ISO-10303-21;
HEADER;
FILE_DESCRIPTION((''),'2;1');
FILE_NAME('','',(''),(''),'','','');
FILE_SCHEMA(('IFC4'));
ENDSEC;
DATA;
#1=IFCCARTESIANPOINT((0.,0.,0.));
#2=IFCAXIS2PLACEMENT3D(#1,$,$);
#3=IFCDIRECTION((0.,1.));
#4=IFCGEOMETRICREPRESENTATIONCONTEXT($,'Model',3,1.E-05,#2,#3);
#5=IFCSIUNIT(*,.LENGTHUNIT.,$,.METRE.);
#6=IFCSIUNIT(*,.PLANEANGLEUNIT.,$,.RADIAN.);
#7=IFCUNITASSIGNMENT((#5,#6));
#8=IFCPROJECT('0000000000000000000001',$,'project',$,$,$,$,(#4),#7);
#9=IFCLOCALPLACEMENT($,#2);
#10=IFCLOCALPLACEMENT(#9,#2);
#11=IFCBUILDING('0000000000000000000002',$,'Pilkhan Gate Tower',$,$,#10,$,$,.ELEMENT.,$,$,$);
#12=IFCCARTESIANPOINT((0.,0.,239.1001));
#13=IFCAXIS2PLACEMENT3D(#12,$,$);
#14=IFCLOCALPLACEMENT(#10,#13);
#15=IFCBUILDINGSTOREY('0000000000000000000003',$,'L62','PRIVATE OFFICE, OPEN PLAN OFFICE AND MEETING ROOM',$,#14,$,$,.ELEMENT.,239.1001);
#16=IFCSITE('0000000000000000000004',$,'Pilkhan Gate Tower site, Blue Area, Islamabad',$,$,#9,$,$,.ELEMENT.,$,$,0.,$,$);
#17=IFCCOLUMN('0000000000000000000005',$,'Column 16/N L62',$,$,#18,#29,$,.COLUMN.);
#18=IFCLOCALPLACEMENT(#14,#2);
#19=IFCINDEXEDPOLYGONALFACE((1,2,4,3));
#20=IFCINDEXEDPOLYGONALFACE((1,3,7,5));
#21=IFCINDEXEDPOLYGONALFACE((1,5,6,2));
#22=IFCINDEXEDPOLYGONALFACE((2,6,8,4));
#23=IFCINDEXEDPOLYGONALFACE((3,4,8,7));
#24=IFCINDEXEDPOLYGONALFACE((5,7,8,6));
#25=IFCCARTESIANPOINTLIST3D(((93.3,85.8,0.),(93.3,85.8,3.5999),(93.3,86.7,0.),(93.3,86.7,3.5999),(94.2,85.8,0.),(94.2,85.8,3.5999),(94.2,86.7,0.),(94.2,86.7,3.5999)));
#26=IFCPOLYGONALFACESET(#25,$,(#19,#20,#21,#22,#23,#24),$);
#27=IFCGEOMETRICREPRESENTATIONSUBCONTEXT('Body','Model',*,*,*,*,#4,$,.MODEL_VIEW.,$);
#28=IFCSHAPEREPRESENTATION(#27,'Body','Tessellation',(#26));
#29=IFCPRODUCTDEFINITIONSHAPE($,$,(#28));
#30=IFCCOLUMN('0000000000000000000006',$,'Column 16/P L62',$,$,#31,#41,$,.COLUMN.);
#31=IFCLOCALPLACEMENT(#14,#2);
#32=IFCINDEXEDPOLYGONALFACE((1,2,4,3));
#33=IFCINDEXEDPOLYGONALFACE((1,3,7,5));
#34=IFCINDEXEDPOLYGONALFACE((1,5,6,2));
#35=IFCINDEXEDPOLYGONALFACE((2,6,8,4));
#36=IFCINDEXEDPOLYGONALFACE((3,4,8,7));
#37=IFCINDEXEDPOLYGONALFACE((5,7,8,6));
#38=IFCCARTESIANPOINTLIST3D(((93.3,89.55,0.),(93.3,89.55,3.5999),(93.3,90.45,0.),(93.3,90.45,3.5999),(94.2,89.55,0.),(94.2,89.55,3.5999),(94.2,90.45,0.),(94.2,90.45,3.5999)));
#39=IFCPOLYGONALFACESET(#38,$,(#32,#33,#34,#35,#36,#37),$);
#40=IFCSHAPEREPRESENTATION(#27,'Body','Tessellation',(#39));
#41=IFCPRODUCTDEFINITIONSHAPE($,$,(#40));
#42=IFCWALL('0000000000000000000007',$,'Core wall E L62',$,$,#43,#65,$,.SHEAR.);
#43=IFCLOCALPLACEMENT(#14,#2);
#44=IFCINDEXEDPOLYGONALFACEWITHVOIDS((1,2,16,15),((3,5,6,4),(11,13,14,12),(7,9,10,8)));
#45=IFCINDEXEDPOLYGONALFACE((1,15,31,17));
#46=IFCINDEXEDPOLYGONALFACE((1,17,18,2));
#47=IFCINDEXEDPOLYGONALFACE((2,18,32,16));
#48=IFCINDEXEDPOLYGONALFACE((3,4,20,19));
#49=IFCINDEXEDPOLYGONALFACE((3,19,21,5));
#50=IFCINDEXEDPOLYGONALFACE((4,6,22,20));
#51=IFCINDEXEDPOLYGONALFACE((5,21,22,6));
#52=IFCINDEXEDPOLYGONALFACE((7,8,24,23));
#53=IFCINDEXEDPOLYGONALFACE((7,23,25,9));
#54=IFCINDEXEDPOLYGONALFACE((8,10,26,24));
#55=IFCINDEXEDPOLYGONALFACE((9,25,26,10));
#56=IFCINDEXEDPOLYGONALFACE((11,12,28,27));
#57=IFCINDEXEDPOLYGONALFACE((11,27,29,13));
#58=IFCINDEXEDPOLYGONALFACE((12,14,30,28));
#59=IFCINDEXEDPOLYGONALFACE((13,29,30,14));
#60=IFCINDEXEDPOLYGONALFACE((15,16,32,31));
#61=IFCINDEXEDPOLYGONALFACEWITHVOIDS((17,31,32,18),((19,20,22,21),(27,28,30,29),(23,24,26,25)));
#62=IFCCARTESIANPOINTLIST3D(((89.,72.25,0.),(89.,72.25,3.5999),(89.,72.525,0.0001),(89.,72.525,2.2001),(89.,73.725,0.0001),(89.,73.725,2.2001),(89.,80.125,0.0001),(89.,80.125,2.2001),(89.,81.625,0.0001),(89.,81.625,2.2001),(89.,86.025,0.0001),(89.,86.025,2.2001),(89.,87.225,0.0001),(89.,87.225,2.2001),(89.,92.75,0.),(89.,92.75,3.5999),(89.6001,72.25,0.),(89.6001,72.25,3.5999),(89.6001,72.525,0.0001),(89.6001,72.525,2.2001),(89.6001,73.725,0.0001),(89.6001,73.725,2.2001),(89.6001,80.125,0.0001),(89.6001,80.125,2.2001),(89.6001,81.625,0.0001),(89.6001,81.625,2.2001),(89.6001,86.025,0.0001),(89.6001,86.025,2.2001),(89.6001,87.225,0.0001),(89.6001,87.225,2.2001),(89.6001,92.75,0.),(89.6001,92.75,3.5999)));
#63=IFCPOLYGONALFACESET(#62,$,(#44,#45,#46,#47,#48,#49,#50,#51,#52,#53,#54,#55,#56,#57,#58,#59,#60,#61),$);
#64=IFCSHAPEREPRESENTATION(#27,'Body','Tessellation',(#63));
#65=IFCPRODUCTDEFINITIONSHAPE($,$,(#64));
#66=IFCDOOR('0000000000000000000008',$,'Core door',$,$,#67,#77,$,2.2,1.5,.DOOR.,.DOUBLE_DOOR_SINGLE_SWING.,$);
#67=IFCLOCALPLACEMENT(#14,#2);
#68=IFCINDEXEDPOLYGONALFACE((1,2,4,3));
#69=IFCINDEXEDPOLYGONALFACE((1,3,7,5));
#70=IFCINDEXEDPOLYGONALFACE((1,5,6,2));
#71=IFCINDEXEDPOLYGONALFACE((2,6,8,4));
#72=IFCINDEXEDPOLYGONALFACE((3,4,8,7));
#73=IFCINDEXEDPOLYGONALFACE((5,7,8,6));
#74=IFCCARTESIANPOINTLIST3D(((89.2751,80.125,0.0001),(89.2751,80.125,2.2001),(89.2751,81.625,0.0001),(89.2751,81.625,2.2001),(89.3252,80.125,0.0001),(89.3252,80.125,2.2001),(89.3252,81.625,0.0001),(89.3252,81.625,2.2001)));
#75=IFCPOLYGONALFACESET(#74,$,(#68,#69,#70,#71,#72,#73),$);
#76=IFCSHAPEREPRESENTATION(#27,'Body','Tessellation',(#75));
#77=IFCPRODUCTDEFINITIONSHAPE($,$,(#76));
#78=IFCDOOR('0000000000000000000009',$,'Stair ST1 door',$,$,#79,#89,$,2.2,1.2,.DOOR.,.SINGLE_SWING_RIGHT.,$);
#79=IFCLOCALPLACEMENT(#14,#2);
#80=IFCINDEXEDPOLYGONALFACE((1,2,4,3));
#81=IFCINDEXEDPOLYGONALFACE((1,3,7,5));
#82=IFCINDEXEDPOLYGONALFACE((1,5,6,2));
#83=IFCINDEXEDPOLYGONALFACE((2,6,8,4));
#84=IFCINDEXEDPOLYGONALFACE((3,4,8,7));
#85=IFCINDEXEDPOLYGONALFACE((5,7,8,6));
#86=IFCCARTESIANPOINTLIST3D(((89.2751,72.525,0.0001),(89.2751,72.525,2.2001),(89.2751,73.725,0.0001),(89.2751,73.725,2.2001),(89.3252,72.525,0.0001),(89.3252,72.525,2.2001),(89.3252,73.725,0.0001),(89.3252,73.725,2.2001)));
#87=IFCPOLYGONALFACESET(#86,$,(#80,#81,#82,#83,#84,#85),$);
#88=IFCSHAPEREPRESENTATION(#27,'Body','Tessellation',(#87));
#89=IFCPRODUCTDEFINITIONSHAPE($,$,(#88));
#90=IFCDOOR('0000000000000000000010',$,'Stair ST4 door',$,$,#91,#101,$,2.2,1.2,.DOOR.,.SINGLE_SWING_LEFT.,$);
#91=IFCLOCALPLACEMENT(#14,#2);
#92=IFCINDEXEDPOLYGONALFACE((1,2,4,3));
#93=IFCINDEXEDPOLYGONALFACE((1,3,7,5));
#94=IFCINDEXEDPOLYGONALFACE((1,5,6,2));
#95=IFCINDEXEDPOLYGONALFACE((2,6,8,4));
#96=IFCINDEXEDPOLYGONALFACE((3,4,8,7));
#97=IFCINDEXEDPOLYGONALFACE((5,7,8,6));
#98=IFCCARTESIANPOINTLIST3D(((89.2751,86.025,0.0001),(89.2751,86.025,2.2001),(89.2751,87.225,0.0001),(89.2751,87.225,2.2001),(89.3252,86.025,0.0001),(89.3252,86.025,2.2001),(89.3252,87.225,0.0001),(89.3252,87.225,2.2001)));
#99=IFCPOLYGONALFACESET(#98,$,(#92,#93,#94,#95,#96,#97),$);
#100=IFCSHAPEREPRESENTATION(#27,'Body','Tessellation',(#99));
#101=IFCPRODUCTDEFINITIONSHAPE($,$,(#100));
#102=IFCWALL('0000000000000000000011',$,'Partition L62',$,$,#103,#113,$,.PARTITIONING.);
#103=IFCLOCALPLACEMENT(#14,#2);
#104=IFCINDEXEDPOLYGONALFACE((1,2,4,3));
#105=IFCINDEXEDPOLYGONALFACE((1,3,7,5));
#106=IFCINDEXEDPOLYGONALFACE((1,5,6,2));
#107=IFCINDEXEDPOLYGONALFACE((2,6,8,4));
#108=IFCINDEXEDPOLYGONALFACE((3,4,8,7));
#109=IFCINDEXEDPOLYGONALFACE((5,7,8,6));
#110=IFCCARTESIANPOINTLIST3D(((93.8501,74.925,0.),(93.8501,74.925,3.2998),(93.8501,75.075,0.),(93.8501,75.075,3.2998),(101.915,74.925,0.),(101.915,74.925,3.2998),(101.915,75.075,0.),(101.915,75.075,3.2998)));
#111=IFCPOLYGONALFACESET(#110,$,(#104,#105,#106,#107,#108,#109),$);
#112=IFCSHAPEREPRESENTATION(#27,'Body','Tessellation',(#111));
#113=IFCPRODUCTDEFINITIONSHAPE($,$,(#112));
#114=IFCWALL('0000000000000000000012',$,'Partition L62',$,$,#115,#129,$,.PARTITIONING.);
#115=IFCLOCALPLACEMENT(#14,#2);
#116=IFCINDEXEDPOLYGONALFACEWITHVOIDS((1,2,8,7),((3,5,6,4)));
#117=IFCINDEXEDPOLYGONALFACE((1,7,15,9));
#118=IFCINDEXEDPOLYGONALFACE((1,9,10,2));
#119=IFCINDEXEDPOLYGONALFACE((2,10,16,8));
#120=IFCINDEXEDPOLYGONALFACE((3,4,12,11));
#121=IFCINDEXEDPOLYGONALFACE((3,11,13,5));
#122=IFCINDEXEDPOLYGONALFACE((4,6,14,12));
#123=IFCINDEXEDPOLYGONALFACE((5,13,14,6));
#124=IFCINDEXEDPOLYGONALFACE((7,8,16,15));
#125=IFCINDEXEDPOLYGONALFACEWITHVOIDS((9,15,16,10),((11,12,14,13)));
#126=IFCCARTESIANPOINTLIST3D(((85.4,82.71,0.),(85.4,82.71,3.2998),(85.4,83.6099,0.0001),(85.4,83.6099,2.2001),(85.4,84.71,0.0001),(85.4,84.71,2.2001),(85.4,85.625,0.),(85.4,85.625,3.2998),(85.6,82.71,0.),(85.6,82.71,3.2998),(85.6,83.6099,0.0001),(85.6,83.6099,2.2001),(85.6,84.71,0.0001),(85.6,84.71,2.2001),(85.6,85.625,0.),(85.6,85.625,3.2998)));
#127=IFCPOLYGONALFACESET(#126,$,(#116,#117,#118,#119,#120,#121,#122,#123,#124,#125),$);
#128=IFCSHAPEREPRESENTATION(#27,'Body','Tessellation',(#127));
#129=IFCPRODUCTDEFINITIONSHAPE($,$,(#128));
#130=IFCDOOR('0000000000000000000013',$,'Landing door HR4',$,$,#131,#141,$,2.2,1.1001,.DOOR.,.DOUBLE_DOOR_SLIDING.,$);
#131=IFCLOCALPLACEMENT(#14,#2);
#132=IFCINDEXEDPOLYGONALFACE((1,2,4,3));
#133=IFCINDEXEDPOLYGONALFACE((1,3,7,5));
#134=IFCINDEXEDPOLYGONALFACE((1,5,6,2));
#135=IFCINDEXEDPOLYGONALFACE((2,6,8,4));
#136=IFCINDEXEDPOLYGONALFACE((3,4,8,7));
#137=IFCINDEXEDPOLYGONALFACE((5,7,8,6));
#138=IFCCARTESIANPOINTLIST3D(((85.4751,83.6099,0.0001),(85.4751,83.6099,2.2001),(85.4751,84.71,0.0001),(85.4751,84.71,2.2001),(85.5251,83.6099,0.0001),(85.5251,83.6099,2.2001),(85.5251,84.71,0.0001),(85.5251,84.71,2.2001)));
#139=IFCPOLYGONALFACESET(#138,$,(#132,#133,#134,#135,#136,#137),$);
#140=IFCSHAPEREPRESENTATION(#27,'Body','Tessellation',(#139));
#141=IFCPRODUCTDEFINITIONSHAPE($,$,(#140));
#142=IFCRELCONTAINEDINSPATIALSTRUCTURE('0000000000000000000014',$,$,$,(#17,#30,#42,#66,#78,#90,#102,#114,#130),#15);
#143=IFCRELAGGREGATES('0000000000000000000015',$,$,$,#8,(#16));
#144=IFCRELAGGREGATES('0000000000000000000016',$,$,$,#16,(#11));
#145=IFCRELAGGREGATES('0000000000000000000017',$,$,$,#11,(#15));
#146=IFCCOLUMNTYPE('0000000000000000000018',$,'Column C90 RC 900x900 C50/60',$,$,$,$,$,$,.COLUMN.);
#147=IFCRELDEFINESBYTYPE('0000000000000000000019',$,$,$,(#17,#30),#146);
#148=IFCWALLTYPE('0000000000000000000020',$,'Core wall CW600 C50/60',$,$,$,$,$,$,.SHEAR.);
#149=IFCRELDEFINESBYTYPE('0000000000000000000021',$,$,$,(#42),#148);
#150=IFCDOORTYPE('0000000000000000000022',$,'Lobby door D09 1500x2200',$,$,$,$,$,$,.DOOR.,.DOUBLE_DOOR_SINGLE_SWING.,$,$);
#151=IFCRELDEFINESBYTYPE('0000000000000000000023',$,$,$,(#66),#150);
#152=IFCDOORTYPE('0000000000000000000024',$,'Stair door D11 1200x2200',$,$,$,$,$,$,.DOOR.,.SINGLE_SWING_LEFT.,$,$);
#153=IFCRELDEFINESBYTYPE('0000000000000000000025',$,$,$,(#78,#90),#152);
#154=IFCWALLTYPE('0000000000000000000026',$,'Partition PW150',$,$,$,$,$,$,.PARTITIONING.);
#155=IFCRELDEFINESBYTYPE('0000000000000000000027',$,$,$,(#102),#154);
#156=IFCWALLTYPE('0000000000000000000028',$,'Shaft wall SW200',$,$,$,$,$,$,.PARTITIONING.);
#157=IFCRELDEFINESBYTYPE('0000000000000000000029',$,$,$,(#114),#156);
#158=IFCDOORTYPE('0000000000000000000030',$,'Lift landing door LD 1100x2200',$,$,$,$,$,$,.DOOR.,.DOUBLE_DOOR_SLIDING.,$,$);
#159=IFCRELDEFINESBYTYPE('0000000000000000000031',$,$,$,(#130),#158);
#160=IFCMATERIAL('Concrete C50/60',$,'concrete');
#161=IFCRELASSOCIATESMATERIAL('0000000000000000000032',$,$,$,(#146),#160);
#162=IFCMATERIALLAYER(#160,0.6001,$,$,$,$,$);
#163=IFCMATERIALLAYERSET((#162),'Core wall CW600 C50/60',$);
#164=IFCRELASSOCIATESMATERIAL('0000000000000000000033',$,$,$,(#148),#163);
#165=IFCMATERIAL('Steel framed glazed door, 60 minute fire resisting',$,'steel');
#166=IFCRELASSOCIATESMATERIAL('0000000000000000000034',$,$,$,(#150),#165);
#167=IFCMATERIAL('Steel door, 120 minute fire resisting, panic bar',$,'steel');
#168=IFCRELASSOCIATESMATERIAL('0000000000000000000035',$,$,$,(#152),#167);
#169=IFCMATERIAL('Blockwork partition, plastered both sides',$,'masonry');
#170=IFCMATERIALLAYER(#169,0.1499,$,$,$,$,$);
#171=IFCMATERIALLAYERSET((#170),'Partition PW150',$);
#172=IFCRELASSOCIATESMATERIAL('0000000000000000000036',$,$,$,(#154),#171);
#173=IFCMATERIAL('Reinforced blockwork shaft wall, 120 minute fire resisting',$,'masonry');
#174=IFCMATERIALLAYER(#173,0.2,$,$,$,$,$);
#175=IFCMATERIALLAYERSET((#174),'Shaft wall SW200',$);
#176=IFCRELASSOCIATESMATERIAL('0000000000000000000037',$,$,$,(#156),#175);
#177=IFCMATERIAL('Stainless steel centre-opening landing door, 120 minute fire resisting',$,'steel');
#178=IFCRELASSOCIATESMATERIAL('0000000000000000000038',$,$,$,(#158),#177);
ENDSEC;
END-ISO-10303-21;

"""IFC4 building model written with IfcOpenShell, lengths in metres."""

from ifc_helpers import new_model, si_unit, direction, frame, frame_2d, origin, origin_2d, place, context, subcontext, project, spatial, rectangle, extrude, material, layer, layer_set, material_profile, profile_set, type_object, element, fill, save


model = new_model("IFC4")

# Units and contexts
model_context = context("Model", 3, precision=1e-05, world=origin(), true_north=direction((0.0, 1.0)))
body_context = subcontext(model_context, "Body", "Model", "MODEL_VIEW")
ifc_project = project(units=[si_unit("LENGTHUNIT", "METRE"), si_unit("PLANEANGLEUNIT", "RADIAN")], contexts=[model_context])

# Site, building, storey
site_placement = place(None, origin())
site = spatial("IfcSite", under=ifc_project, at=site_placement, Name="Pilkhan Gate Tower site, Blue Area, Islamabad", CompositionType="ELEMENT", RefElevation=0.0)
building_placement = place(site_placement, origin())
building = spatial("IfcBuilding", under=site, at=building_placement, Name="Pilkhan Gate Tower", CompositionType="ELEMENT")
storey_placement = place(building_placement, frame((0.0, 0.0, 239.1001)))
storey = spatial("IfcBuildingStorey", under=building, at=storey_placement, Name="L62", Description="PRIVATE OFFICE, OPEN PLAN OFFICE AND MEETING ROOM", CompositionType="ELEMENT", Elevation=239.1001)

# Columns
ifc_material_1 = material(Name="Concrete C50/60", Category="concrete")
ifc_material_profile = material_profile(ifc_material_1, rectangle(XDim=0.8999, YDim=0.8999, at=origin_2d()), Name="RC 900x900")
ifc_profile_set = profile_set([ifc_material_profile], Name="Concrete C50/60")
column_type = type_object("IfcColumnType", Name="Column C90 RC 900x900 C50/60", PredefinedType="COLUMN", material=ifc_profile_set)
for number, where, z_axis, x_axis, name in (
    (1, (93.75, 86.25, 0.0), (0.0, 0.0, 1.0), (1.0, 0.0, 0.0), "Column 16/N L62"),
    (2, (93.75, 90.0, 0.0), (0.0, 0.0, 1.0), (1.0, 0.0, 0.0), "Column 16/P L62"),
):
    element("IfcColumn", number, at=place(storey_placement, frame(where, z_axis=z_axis, x_axis=x_axis)), inside=storey, type_object=column_type, Name=name, PredefinedType="COLUMN", context=body_context, shape_type="SweptSolid", body=[
        extrude(rectangle(XDim=0.8999, YDim=0.8999, at=origin_2d()), origin(), (0.0, 0.0, 1.0), 3.5999),
    ])

# Wall, openings, doors
ifc_layer_1 = layer(ifc_material_1, 0.6001)
ifc_layer_set_1 = layer_set([ifc_layer_1], Name="Core wall CW600 C50/60")
wall_type_1 = type_object("IfcWallType", Name="Core wall CW600 C50/60", PredefinedType="SHEAR", material=ifc_layer_set_1)
wall_1_placement = place(storey_placement, frame((89.3, 72.25, 0.0), z_axis=(0.0, 0.0, 1.0), x_axis=(0.0, 1.0, 0.0)))
wall_1 = element("IfcWall", 3, at=wall_1_placement, inside=storey, type_object=wall_type_1, Name="Core wall E L62", PredefinedType="SHEAR", context=body_context, shape_type="SweptSolid", body=[
    extrude(rectangle(XDim=20.5, YDim=0.6001, at=frame_2d((10.25, 0.0))), origin(), (0.0, 0.0, 1.0), 3.5999),
])
opening_1_placement = place(wall_1_placement, frame((0.2749, 0.0, 0.0)))
opening_1 = element("IfcOpeningElement", 4, at=opening_1_placement, cuts=wall_1, PredefinedType="OPENING", context=body_context, shape_type="SweptSolid", body=[
    extrude(rectangle(XDim=1.2, YDim=2.2, at=frame_2d((0.6001, 1.1001))), frame((0.0, 0.3101, 0.0), z_axis=(0.0, -1.0, 0.0), x_axis=(1.0, 0.0, 0.0)), (0.0, 0.0, 1.0), 0.6201),
])
opening_2_placement = place(wall_1_placement, frame((13.7749, 0.0, 0.0)))
opening_2 = element("IfcOpeningElement", 5, at=opening_2_placement, cuts=wall_1, PredefinedType="OPENING", context=body_context, shape_type="SweptSolid", body=[
    extrude(rectangle(XDim=1.2, YDim=2.2, at=frame_2d((0.6001, 1.1001))), frame((0.0, 0.3101, 0.0), z_axis=(0.0, -1.0, 0.0), x_axis=(1.0, 0.0, 0.0)), (0.0, 0.0, 1.0), 0.6201),
])
opening_3_placement = place(wall_1_placement, frame((7.875, 0.0, 0.0)))
opening_3 = element("IfcOpeningElement", 6, at=opening_3_placement, cuts=wall_1, PredefinedType="OPENING", context=body_context, shape_type="SweptSolid", body=[
    extrude(rectangle(XDim=1.5, YDim=2.2, at=frame_2d((0.75, 1.1001))), frame((0.0, 0.3101, 0.0), z_axis=(0.0, -1.0, 0.0), x_axis=(1.0, 0.0, 0.0)), (0.0, 0.0, 1.0), 0.6201),
])
ifc_material_2 = material(Name="Steel framed glazed door, 60 minute fire resisting", Category="steel")
door_type_1 = type_object("IfcDoorType", Name="Lobby door D09 1500x2200", OperationType="DOUBLE_DOOR_SINGLE_SWING", PredefinedType="DOOR", material=ifc_material_2)
door_1_placement = place(opening_3_placement, origin())
door_1 = element("IfcDoor", 7, at=door_1_placement, inside=storey, type_object=door_type_1, Name="Core door", OperationType="DOUBLE_DOOR_SINGLE_SWING", OverallHeight=2.2, OverallWidth=1.5, PredefinedType="DOOR", context=body_context, shape_type="SweptSolid", body=[
    extrude(rectangle(XDim=1.5, YDim=2.2, at=frame_2d((0.75, 1.1001))), frame((0.0, 0.0249, 0.0), z_axis=(0.0, -1.0, 0.0), x_axis=(1.0, 0.0, 0.0)), (0.0, 0.0, 1.0), 0.05),
])
fill(opening_3, door_1)
ifc_material_3 = material(Name="Steel door, 120 minute fire resisting, panic bar", Category="steel")
door_type_2 = type_object("IfcDoorType", Name="Stair door D11 1200x2200", OperationType="SINGLE_SWING_LEFT", PredefinedType="DOOR", material=ifc_material_3)
door_2_placement = place(opening_1_placement, origin())
door_2 = element("IfcDoor", 8, at=door_2_placement, inside=storey, type_object=door_type_2, Name="Stair ST1 door", OperationType="SINGLE_SWING_RIGHT", OverallHeight=2.2, OverallWidth=1.2, PredefinedType="DOOR", context=body_context, shape_type="SweptSolid", body=[
    extrude(rectangle(XDim=1.2, YDim=2.2, at=frame_2d((0.6001, 1.1001))), frame((0.0, 0.0249, 0.0), z_axis=(0.0, -1.0, 0.0), x_axis=(1.0, 0.0, 0.0)), (0.0, 0.0, 1.0), 0.05),
])
fill(opening_1, door_2)
door_3_placement = place(opening_2_placement, origin())
door_3 = element("IfcDoor", 9, at=door_3_placement, inside=storey, type_object=door_type_2, Name="Stair ST4 door", OperationType="SINGLE_SWING_LEFT", OverallHeight=2.2, OverallWidth=1.2, PredefinedType="DOOR", context=body_context, shape_type="SweptSolid", body=[
    extrude(rectangle(XDim=1.2, YDim=2.2, at=frame_2d((0.6001, 1.1001))), frame((0.0, 0.0249, 0.0), z_axis=(0.0, -1.0, 0.0), x_axis=(1.0, 0.0, 0.0)), (0.0, 0.0, 1.0), 0.05),
])
fill(opening_2, door_3)

# Wall
ifc_material_4 = material(Name="Blockwork partition, plastered both sides", Category="masonry")
ifc_layer_2 = layer(ifc_material_4, 0.1499)
ifc_layer_set_2 = layer_set([ifc_layer_2], Name="Partition PW150")
wall_type_2 = type_object("IfcWallType", Name="Partition PW150", PredefinedType="PARTITIONING", material=ifc_layer_set_2)
wall_2_placement = place(storey_placement, frame((93.8501, 75.0, 0.0), z_axis=(0.0, 0.0, 1.0), x_axis=(1.0, 0.0, 0.0)))
element("IfcWall", 10, at=wall_2_placement, inside=storey, type_object=wall_type_2, Name="Partition L62", PredefinedType="PARTITIONING", context=body_context, shape_type="SweptSolid", body=[
    extrude(rectangle(XDim=8.0649, YDim=0.1499, at=frame_2d((4.0325, 0.0))), origin(), (0.0, 0.0, 1.0), 3.2998),
])

# Wall, opening, door
ifc_material_5 = material(Name="Reinforced blockwork shaft wall, 120 minute fire resisting", Category="masonry")
ifc_layer_3 = layer(ifc_material_5, 0.2)
ifc_layer_set_3 = layer_set([ifc_layer_3], Name="Shaft wall SW200")
wall_type_3 = type_object("IfcWallType", Name="Shaft wall SW200", PredefinedType="PARTITIONING", material=ifc_layer_set_3)
wall_3_placement = place(storey_placement, frame((85.5, 82.71, 0.0), z_axis=(0.0, 0.0, 1.0), x_axis=(0.0, 1.0, 0.0)))
wall_3 = element("IfcWall", 11, at=wall_3_placement, inside=storey, type_object=wall_type_3, Name="Partition L62", PredefinedType="PARTITIONING", context=body_context, shape_type="SweptSolid", body=[
    extrude(rectangle(XDim=2.915, YDim=0.2, at=frame_2d((1.4575, 0.0))), origin(), (0.0, 0.0, 1.0), 3.2998),
])
opening_4_placement = place(wall_3_placement, frame((0.8999, 0.0, 0.0)))
opening_4 = element("IfcOpeningElement", 12, at=opening_4_placement, cuts=wall_3, PredefinedType="OPENING", context=body_context, shape_type="SweptSolid", body=[
    extrude(rectangle(XDim=1.1001, YDim=2.2, at=frame_2d((0.55, 1.1001))), frame((0.0, 0.1099, 0.0), z_axis=(0.0, -1.0, 0.0), x_axis=(1.0, 0.0, 0.0)), (0.0, 0.0, 1.0), 0.22),
])
ifc_material_6 = material(Name="Stainless steel centre-opening landing door, 120 minute fire resisting", Category="steel")
door_type_3 = type_object("IfcDoorType", Name="Lift landing door LD 1100x2200", OperationType="DOUBLE_DOOR_SLIDING", PredefinedType="DOOR", material=ifc_material_6)
door_4_placement = place(opening_4_placement, origin())
door_4 = element("IfcDoor", 13, at=door_4_placement, inside=storey, type_object=door_type_3, Name="Landing door HR4", OperationType="DOUBLE_DOOR_SLIDING", OverallHeight=2.2, OverallWidth=1.1001, PredefinedType="DOOR", context=body_context, shape_type="SweptSolid", body=[
    extrude(rectangle(XDim=1.1001, YDim=2.2, at=frame_2d((0.55, 1.1001))), frame((0.0, 0.0249, 0.0), z_axis=(0.0, -1.0, 0.0), x_axis=(1.0, 0.0, 0.0)), (0.0, 0.0, 1.0), 0.05),
])
fill(opening_4, door_4)

save(model, "model.ifc")
